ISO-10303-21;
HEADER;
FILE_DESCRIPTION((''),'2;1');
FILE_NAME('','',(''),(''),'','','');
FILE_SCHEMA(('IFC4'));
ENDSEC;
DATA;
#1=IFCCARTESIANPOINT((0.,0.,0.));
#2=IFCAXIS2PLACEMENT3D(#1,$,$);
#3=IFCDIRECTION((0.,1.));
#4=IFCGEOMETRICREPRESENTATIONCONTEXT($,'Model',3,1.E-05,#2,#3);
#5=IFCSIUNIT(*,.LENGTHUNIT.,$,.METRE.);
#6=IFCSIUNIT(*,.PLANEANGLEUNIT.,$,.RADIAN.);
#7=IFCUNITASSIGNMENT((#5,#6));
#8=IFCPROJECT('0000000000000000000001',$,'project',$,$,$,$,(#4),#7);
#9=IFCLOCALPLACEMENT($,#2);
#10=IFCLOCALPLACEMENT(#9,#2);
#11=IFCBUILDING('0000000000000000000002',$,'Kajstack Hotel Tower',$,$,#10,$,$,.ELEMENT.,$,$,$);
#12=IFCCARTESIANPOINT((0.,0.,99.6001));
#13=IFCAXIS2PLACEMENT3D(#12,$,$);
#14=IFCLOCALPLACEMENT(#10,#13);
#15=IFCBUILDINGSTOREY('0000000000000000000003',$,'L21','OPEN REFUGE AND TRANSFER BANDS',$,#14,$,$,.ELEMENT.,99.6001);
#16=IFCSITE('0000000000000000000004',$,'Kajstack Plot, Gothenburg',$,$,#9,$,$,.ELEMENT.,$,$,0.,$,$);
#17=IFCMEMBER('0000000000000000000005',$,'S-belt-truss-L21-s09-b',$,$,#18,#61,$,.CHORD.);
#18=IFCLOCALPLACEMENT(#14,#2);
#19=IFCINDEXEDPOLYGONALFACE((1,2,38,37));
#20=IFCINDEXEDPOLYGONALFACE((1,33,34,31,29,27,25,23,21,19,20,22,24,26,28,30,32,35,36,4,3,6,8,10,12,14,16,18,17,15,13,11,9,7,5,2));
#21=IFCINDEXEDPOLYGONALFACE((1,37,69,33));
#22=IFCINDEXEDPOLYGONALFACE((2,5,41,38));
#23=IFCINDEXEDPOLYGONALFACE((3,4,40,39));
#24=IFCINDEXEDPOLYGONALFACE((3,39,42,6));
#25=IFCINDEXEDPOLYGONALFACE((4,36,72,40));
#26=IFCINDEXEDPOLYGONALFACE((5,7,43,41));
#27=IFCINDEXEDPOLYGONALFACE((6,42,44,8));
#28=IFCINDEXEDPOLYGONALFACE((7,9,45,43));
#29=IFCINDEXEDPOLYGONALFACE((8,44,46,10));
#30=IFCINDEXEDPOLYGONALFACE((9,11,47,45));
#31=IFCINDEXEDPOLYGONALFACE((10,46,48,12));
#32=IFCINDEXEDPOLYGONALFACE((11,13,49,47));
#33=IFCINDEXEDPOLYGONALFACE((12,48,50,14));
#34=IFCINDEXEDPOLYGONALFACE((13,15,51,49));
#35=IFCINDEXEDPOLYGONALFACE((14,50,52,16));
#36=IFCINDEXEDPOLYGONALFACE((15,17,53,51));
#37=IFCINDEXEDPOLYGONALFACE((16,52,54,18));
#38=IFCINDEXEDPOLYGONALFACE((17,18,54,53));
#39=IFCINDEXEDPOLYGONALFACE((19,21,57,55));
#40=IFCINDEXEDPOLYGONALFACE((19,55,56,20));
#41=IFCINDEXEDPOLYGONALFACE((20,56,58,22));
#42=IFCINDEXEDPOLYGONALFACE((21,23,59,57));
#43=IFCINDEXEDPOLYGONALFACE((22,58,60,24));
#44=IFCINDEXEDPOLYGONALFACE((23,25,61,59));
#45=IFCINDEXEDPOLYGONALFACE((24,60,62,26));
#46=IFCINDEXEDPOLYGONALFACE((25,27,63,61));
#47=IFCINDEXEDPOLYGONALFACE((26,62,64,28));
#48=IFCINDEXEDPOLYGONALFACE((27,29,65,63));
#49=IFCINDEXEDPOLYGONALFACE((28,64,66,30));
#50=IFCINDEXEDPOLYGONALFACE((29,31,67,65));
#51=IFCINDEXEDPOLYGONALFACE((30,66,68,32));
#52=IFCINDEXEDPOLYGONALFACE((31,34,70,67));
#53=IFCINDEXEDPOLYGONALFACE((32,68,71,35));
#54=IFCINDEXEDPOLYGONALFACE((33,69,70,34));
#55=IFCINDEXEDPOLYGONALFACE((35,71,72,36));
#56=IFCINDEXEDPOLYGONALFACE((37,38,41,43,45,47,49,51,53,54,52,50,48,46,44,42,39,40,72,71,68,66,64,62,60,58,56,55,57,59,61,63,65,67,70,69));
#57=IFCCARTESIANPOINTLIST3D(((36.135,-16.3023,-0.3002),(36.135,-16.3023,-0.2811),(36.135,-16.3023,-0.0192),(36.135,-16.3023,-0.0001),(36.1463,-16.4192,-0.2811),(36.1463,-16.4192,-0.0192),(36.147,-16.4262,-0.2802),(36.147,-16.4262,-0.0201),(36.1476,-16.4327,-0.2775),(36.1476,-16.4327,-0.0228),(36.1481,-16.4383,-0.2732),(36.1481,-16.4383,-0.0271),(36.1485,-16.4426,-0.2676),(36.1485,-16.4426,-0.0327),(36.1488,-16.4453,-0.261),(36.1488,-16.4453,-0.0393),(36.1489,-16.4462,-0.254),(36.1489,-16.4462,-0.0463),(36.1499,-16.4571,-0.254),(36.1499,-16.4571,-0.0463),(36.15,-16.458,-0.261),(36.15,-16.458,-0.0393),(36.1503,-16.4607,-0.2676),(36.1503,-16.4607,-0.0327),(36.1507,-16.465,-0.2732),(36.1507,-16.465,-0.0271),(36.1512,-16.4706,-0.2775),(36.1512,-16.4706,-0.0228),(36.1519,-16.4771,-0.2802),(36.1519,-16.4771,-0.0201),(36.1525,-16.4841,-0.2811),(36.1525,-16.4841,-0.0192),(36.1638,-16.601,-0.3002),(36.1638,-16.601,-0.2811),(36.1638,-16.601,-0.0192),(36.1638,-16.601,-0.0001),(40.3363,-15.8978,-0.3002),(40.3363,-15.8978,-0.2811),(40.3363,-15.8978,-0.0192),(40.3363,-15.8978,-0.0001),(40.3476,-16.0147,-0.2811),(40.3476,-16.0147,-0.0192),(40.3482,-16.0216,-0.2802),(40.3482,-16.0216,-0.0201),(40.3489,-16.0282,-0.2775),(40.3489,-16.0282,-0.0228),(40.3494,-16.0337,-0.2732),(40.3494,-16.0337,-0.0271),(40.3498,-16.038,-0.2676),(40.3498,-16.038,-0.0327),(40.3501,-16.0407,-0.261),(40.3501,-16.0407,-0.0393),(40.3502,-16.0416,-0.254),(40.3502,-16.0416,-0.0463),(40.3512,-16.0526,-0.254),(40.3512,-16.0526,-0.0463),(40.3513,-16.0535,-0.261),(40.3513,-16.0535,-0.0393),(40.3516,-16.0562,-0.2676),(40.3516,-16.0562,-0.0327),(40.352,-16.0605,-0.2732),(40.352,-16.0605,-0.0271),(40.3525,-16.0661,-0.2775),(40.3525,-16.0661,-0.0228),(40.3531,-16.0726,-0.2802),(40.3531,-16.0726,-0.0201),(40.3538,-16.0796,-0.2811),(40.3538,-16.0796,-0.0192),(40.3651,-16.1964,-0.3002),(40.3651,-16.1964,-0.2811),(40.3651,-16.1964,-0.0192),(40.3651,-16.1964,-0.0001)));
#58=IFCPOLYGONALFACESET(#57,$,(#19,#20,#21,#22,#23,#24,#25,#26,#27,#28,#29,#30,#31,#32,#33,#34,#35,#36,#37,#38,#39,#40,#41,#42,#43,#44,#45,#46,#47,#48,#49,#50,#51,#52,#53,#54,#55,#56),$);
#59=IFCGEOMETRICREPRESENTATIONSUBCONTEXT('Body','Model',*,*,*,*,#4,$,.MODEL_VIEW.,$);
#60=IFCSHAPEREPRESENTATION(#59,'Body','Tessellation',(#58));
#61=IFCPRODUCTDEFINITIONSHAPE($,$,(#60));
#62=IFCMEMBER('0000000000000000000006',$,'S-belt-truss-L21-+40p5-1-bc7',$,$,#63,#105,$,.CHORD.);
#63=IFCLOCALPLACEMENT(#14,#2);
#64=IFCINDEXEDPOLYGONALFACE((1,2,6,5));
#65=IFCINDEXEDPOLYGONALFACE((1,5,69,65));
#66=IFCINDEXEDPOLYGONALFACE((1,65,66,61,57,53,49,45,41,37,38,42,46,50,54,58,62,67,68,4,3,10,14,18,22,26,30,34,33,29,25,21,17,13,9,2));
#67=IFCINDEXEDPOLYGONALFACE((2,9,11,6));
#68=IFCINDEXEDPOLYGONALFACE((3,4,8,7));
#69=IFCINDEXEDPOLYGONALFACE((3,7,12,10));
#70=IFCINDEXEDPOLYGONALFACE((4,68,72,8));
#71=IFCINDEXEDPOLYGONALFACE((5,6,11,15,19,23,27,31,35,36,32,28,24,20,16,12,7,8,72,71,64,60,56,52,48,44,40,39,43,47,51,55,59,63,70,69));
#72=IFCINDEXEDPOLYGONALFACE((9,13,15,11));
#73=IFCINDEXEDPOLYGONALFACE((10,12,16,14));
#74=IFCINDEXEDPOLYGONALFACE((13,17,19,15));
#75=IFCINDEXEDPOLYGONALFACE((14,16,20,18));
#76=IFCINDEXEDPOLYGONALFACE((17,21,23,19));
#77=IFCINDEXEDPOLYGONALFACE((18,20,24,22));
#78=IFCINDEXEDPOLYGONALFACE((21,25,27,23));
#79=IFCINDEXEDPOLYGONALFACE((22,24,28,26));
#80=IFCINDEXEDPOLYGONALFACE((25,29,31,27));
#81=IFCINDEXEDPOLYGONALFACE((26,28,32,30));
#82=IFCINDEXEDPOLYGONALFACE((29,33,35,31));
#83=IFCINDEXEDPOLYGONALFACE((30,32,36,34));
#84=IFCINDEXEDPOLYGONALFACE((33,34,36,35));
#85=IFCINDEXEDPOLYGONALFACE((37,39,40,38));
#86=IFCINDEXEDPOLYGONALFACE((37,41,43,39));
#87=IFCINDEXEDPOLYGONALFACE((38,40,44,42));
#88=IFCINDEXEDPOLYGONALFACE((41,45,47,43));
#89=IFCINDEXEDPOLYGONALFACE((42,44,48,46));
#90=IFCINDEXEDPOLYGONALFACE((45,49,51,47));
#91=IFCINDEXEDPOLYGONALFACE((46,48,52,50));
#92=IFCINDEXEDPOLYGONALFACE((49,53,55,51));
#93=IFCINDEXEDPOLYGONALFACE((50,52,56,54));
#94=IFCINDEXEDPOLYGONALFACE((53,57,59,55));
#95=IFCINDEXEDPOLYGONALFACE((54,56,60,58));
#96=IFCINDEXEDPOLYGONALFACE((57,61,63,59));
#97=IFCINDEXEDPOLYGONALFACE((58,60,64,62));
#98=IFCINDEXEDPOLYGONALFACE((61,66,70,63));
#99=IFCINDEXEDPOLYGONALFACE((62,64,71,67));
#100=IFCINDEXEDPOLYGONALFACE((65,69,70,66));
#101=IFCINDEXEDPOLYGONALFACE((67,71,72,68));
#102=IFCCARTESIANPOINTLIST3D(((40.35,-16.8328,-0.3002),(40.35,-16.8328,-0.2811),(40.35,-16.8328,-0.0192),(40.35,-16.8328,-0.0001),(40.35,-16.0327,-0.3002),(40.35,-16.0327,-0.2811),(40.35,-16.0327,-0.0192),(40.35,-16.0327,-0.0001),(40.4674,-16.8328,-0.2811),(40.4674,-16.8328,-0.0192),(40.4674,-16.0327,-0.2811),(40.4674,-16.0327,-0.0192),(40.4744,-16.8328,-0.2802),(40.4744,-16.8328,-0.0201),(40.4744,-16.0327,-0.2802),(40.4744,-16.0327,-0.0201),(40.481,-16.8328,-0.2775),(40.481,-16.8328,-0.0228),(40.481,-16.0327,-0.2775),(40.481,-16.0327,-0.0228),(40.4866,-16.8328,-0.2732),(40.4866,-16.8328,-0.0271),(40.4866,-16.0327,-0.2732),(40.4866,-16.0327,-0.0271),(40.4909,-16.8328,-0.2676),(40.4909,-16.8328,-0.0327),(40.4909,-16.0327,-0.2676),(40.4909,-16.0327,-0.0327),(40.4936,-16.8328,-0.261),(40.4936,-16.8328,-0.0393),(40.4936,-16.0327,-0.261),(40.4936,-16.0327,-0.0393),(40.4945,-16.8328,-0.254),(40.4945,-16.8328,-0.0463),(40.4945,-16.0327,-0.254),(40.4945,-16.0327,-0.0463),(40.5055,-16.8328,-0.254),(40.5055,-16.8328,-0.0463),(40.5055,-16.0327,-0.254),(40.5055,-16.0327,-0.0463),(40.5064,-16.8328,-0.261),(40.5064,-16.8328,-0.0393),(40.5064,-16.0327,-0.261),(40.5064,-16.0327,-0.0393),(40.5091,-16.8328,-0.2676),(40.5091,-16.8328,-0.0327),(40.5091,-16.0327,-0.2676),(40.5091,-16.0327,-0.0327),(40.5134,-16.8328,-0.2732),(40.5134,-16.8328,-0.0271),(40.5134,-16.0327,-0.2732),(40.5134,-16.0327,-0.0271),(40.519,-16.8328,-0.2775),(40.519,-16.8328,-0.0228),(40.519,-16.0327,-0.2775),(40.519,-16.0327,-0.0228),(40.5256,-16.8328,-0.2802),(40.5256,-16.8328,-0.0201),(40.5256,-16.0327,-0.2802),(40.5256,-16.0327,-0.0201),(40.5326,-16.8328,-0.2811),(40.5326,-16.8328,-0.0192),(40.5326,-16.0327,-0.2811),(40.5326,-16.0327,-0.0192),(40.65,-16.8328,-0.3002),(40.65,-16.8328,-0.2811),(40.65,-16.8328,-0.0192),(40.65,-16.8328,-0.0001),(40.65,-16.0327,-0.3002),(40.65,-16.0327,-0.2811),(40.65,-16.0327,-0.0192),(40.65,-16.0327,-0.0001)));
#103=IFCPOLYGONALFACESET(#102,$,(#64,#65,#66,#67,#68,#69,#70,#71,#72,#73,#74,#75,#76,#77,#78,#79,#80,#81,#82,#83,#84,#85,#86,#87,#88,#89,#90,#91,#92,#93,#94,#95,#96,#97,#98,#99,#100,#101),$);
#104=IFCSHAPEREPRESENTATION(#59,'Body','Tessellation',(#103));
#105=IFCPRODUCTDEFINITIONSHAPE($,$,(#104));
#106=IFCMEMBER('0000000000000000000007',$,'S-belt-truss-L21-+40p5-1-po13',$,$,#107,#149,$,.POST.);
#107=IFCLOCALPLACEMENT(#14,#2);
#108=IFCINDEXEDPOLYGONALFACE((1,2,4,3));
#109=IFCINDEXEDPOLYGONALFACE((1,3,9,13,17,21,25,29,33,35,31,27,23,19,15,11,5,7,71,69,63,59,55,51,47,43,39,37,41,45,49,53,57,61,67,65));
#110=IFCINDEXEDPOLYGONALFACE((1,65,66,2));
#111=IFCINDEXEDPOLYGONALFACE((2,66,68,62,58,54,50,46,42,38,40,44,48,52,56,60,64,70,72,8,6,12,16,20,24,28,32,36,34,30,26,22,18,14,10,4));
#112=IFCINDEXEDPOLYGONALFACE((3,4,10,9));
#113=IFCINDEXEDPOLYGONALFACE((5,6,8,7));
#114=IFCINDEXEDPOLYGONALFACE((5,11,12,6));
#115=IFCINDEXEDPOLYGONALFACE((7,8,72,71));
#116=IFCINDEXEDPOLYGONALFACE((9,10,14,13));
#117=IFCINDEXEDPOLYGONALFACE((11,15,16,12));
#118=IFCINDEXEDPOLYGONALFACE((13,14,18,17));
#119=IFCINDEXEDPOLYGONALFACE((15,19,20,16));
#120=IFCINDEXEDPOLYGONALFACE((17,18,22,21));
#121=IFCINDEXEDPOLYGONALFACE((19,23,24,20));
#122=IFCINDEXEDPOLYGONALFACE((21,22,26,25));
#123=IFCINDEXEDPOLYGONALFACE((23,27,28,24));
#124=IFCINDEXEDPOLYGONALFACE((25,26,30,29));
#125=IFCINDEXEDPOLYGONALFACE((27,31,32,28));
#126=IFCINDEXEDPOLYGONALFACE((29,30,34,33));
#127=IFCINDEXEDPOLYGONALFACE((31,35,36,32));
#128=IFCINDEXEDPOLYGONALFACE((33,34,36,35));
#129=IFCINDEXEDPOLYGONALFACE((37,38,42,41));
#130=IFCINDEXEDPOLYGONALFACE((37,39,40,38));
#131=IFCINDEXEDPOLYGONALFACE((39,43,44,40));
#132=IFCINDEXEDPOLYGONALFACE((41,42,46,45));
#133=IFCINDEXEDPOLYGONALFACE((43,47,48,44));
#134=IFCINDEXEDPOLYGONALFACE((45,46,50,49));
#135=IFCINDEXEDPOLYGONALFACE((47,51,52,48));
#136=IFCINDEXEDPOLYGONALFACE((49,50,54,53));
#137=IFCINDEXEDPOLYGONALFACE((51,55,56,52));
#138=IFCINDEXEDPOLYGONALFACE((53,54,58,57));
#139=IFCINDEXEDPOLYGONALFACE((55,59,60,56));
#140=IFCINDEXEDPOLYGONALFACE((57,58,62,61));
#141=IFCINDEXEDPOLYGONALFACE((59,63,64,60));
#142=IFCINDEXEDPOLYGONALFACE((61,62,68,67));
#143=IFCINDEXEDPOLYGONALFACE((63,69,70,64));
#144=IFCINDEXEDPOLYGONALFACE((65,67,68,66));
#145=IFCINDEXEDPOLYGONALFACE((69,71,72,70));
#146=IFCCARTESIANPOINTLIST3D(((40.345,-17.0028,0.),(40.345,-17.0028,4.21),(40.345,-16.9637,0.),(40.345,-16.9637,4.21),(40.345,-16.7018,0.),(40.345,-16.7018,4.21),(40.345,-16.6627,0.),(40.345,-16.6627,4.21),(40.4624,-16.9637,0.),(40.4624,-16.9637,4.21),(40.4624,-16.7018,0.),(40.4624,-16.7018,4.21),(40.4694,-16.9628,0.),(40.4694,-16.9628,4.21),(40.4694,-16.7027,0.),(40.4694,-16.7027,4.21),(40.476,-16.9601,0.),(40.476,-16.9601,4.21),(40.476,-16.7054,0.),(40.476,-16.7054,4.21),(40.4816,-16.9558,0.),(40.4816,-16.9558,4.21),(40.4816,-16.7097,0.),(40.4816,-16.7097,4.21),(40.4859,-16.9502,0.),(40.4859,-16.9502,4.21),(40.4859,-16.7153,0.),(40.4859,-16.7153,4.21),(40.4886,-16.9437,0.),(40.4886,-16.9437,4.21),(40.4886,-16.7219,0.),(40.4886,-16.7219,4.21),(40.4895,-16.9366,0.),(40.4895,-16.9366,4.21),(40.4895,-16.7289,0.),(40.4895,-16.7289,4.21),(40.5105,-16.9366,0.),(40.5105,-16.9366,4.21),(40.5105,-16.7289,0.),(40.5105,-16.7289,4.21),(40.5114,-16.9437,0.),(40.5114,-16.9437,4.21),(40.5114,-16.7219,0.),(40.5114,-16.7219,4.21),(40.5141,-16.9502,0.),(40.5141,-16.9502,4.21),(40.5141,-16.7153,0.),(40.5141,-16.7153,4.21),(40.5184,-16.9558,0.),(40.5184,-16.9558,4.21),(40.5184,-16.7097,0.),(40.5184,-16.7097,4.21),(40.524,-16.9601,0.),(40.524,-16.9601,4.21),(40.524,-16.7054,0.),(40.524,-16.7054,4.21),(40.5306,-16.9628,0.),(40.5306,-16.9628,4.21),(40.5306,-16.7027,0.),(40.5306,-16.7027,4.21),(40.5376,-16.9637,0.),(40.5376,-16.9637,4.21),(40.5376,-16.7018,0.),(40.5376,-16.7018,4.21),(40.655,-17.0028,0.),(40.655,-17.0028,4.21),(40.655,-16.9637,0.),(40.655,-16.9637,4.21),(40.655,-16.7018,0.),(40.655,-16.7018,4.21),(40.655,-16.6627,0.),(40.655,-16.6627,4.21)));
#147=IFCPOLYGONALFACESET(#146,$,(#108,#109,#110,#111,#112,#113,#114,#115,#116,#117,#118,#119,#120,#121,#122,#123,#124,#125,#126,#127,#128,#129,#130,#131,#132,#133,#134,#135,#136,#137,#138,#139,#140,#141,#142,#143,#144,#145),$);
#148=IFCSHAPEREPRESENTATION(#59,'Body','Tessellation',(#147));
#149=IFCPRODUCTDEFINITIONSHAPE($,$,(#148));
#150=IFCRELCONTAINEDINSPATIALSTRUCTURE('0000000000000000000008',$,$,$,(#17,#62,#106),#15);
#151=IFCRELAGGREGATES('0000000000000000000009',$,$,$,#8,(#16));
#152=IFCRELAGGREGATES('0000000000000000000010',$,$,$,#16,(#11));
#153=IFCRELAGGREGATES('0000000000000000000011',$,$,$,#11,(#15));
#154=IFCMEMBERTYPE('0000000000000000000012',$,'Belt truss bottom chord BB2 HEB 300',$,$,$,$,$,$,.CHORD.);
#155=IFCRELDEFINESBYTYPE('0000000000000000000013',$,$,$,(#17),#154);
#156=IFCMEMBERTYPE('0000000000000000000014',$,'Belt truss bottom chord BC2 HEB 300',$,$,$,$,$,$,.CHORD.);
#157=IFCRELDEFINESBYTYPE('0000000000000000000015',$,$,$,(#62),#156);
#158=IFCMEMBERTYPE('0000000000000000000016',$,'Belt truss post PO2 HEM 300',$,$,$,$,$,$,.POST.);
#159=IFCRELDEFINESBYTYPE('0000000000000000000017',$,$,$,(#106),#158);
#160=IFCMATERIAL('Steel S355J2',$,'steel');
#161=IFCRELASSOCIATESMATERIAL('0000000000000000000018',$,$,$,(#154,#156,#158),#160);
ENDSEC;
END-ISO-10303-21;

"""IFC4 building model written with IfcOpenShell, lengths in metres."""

from ifc_helpers import new_model, si_unit, direction, frame, origin, origin_2d, place, context, subcontext, project, spatial, i_section, extrude, material, material_profile, profile_set, type_object, element, save


model = new_model("IFC4")

# Units and contexts
model_context = context("Model", 3, precision=1e-05, world=origin(), true_north=direction((0.0, 1.0)))
body_context = subcontext(model_context, "Body", "Model", "MODEL_VIEW")
ifc_project = project(units=[si_unit("LENGTHUNIT", "METRE"), si_unit("PLANEANGLEUNIT", "RADIAN")], contexts=[model_context])

# Site, building, storey
site_placement = place(None, origin())
site = spatial("IfcSite", under=ifc_project, at=site_placement, Name="Kajstack Plot, Gothenburg", CompositionType="ELEMENT", RefElevation=0.0)
building_placement = place(site_placement, origin())
building = spatial("IfcBuilding", under=site, at=building_placement, Name="Kajstack Hotel Tower", CompositionType="ELEMENT")
storey_placement = place(building_placement, frame((0.0, 0.0, 99.6001)))
storey = spatial("IfcBuildingStorey", under=building, at=storey_placement, Name="L21", Description="OPEN REFUGE AND TRANSFER BANDS", CompositionType="ELEMENT", Elevation=99.6001)

# Members
ifc_material = material(Name="Steel S355J2", Category="steel")
ifc_material_profile_1 = material_profile(ifc_material, i_section(OverallWidth=0.3, OverallDepth=0.3, WebThickness=0.011, FlangeThickness=0.019, FilletRadius=0.0271, at=origin_2d()), Name="HEB 300")
ifc_profile_set_1 = profile_set([ifc_material_profile_1], Name="Steel S355J2")
member_type_1 = type_object("IfcMemberType", Name="Belt truss bottom chord BB2 HEB 300", PredefinedType="CHORD", material=ifc_profile_set_1)
member_1_placement = place(storey_placement, frame((36.1494, -16.4517, -0.1501), z_axis=(0.995396, 0.095849, 0.0), x_axis=(-0.095849, 0.995396, 0.0)))
element("IfcMember", 1, at=member_1_placement, inside=storey, type_object=member_type_1, Name="S-belt-truss-L21-s09-b", PredefinedType="CHORD", context=body_context, shape_type="SweptSolid", body=[
    extrude(i_section(OverallWidth=0.3, OverallDepth=0.3, WebThickness=0.011, FlangeThickness=0.019, FilletRadius=0.0271, at=origin_2d()), origin(), (0.0, 0.0, 1.0), 4.2207),
])
ifc_material_profile_2 = material_profile(ifc_material, i_section(OverallWidth=0.3, OverallDepth=0.3, WebThickness=0.011, FlangeThickness=0.019, FilletRadius=0.0271, at=origin_2d()), Name="HEB 300")
ifc_profile_set_2 = profile_set([ifc_material_profile_2], Name="Steel S355J2")
member_type_2 = type_object("IfcMemberType", Name="Belt truss bottom chord BC2 HEB 300", PredefinedType="CHORD", material=ifc_profile_set_2)
member_2_placement = place(storey_placement, frame((40.5, -16.8328, -0.1501), z_axis=(0.0, 1.0, 0.0), x_axis=(-1.0, 0.0, 0.0)))
element("IfcMember", 2, at=member_2_placement, inside=storey, type_object=member_type_2, Name="S-belt-truss-L21-+40p5-1-bc7", PredefinedType="CHORD", context=body_context, shape_type="SweptSolid", body=[
    extrude(i_section(OverallWidth=0.3, OverallDepth=0.3, WebThickness=0.011, FlangeThickness=0.019, FilletRadius=0.0271, at=origin_2d()), origin(), (0.0, 0.0, 1.0), 0.8),
])
ifc_material_profile_3 = material_profile(ifc_material, i_section(OverallWidth=0.3101, OverallDepth=0.3401, WebThickness=0.021, FlangeThickness=0.0391, FilletRadius=0.0271, at=origin_2d()), Name="HEM 300")
ifc_profile_set_3 = profile_set([ifc_material_profile_3], Name="Steel S355J2")
member_type_3 = type_object("IfcMemberType", Name="Belt truss post PO2 HEM 300", PredefinedType="POST", material=ifc_profile_set_3)
member_3_placement = place(storey_placement, frame((40.5, -16.8328, 0.0), z_axis=(0.0, 0.0, 1.0), x_axis=(1.0, 0.0, 0.0)))
element("IfcMember", 3, at=member_3_placement, inside=storey, type_object=member_type_3, Name="S-belt-truss-L21-+40p5-1-po13", PredefinedType="POST", context=body_context, shape_type="SweptSolid", body=[
    extrude(i_section(OverallWidth=0.3101, OverallDepth=0.3401, WebThickness=0.021, FlangeThickness=0.0391, FilletRadius=0.0271, at=origin_2d()), origin(), (0.0, 0.0, 1.0), 4.21),
])

save(model, "model.ifc")
